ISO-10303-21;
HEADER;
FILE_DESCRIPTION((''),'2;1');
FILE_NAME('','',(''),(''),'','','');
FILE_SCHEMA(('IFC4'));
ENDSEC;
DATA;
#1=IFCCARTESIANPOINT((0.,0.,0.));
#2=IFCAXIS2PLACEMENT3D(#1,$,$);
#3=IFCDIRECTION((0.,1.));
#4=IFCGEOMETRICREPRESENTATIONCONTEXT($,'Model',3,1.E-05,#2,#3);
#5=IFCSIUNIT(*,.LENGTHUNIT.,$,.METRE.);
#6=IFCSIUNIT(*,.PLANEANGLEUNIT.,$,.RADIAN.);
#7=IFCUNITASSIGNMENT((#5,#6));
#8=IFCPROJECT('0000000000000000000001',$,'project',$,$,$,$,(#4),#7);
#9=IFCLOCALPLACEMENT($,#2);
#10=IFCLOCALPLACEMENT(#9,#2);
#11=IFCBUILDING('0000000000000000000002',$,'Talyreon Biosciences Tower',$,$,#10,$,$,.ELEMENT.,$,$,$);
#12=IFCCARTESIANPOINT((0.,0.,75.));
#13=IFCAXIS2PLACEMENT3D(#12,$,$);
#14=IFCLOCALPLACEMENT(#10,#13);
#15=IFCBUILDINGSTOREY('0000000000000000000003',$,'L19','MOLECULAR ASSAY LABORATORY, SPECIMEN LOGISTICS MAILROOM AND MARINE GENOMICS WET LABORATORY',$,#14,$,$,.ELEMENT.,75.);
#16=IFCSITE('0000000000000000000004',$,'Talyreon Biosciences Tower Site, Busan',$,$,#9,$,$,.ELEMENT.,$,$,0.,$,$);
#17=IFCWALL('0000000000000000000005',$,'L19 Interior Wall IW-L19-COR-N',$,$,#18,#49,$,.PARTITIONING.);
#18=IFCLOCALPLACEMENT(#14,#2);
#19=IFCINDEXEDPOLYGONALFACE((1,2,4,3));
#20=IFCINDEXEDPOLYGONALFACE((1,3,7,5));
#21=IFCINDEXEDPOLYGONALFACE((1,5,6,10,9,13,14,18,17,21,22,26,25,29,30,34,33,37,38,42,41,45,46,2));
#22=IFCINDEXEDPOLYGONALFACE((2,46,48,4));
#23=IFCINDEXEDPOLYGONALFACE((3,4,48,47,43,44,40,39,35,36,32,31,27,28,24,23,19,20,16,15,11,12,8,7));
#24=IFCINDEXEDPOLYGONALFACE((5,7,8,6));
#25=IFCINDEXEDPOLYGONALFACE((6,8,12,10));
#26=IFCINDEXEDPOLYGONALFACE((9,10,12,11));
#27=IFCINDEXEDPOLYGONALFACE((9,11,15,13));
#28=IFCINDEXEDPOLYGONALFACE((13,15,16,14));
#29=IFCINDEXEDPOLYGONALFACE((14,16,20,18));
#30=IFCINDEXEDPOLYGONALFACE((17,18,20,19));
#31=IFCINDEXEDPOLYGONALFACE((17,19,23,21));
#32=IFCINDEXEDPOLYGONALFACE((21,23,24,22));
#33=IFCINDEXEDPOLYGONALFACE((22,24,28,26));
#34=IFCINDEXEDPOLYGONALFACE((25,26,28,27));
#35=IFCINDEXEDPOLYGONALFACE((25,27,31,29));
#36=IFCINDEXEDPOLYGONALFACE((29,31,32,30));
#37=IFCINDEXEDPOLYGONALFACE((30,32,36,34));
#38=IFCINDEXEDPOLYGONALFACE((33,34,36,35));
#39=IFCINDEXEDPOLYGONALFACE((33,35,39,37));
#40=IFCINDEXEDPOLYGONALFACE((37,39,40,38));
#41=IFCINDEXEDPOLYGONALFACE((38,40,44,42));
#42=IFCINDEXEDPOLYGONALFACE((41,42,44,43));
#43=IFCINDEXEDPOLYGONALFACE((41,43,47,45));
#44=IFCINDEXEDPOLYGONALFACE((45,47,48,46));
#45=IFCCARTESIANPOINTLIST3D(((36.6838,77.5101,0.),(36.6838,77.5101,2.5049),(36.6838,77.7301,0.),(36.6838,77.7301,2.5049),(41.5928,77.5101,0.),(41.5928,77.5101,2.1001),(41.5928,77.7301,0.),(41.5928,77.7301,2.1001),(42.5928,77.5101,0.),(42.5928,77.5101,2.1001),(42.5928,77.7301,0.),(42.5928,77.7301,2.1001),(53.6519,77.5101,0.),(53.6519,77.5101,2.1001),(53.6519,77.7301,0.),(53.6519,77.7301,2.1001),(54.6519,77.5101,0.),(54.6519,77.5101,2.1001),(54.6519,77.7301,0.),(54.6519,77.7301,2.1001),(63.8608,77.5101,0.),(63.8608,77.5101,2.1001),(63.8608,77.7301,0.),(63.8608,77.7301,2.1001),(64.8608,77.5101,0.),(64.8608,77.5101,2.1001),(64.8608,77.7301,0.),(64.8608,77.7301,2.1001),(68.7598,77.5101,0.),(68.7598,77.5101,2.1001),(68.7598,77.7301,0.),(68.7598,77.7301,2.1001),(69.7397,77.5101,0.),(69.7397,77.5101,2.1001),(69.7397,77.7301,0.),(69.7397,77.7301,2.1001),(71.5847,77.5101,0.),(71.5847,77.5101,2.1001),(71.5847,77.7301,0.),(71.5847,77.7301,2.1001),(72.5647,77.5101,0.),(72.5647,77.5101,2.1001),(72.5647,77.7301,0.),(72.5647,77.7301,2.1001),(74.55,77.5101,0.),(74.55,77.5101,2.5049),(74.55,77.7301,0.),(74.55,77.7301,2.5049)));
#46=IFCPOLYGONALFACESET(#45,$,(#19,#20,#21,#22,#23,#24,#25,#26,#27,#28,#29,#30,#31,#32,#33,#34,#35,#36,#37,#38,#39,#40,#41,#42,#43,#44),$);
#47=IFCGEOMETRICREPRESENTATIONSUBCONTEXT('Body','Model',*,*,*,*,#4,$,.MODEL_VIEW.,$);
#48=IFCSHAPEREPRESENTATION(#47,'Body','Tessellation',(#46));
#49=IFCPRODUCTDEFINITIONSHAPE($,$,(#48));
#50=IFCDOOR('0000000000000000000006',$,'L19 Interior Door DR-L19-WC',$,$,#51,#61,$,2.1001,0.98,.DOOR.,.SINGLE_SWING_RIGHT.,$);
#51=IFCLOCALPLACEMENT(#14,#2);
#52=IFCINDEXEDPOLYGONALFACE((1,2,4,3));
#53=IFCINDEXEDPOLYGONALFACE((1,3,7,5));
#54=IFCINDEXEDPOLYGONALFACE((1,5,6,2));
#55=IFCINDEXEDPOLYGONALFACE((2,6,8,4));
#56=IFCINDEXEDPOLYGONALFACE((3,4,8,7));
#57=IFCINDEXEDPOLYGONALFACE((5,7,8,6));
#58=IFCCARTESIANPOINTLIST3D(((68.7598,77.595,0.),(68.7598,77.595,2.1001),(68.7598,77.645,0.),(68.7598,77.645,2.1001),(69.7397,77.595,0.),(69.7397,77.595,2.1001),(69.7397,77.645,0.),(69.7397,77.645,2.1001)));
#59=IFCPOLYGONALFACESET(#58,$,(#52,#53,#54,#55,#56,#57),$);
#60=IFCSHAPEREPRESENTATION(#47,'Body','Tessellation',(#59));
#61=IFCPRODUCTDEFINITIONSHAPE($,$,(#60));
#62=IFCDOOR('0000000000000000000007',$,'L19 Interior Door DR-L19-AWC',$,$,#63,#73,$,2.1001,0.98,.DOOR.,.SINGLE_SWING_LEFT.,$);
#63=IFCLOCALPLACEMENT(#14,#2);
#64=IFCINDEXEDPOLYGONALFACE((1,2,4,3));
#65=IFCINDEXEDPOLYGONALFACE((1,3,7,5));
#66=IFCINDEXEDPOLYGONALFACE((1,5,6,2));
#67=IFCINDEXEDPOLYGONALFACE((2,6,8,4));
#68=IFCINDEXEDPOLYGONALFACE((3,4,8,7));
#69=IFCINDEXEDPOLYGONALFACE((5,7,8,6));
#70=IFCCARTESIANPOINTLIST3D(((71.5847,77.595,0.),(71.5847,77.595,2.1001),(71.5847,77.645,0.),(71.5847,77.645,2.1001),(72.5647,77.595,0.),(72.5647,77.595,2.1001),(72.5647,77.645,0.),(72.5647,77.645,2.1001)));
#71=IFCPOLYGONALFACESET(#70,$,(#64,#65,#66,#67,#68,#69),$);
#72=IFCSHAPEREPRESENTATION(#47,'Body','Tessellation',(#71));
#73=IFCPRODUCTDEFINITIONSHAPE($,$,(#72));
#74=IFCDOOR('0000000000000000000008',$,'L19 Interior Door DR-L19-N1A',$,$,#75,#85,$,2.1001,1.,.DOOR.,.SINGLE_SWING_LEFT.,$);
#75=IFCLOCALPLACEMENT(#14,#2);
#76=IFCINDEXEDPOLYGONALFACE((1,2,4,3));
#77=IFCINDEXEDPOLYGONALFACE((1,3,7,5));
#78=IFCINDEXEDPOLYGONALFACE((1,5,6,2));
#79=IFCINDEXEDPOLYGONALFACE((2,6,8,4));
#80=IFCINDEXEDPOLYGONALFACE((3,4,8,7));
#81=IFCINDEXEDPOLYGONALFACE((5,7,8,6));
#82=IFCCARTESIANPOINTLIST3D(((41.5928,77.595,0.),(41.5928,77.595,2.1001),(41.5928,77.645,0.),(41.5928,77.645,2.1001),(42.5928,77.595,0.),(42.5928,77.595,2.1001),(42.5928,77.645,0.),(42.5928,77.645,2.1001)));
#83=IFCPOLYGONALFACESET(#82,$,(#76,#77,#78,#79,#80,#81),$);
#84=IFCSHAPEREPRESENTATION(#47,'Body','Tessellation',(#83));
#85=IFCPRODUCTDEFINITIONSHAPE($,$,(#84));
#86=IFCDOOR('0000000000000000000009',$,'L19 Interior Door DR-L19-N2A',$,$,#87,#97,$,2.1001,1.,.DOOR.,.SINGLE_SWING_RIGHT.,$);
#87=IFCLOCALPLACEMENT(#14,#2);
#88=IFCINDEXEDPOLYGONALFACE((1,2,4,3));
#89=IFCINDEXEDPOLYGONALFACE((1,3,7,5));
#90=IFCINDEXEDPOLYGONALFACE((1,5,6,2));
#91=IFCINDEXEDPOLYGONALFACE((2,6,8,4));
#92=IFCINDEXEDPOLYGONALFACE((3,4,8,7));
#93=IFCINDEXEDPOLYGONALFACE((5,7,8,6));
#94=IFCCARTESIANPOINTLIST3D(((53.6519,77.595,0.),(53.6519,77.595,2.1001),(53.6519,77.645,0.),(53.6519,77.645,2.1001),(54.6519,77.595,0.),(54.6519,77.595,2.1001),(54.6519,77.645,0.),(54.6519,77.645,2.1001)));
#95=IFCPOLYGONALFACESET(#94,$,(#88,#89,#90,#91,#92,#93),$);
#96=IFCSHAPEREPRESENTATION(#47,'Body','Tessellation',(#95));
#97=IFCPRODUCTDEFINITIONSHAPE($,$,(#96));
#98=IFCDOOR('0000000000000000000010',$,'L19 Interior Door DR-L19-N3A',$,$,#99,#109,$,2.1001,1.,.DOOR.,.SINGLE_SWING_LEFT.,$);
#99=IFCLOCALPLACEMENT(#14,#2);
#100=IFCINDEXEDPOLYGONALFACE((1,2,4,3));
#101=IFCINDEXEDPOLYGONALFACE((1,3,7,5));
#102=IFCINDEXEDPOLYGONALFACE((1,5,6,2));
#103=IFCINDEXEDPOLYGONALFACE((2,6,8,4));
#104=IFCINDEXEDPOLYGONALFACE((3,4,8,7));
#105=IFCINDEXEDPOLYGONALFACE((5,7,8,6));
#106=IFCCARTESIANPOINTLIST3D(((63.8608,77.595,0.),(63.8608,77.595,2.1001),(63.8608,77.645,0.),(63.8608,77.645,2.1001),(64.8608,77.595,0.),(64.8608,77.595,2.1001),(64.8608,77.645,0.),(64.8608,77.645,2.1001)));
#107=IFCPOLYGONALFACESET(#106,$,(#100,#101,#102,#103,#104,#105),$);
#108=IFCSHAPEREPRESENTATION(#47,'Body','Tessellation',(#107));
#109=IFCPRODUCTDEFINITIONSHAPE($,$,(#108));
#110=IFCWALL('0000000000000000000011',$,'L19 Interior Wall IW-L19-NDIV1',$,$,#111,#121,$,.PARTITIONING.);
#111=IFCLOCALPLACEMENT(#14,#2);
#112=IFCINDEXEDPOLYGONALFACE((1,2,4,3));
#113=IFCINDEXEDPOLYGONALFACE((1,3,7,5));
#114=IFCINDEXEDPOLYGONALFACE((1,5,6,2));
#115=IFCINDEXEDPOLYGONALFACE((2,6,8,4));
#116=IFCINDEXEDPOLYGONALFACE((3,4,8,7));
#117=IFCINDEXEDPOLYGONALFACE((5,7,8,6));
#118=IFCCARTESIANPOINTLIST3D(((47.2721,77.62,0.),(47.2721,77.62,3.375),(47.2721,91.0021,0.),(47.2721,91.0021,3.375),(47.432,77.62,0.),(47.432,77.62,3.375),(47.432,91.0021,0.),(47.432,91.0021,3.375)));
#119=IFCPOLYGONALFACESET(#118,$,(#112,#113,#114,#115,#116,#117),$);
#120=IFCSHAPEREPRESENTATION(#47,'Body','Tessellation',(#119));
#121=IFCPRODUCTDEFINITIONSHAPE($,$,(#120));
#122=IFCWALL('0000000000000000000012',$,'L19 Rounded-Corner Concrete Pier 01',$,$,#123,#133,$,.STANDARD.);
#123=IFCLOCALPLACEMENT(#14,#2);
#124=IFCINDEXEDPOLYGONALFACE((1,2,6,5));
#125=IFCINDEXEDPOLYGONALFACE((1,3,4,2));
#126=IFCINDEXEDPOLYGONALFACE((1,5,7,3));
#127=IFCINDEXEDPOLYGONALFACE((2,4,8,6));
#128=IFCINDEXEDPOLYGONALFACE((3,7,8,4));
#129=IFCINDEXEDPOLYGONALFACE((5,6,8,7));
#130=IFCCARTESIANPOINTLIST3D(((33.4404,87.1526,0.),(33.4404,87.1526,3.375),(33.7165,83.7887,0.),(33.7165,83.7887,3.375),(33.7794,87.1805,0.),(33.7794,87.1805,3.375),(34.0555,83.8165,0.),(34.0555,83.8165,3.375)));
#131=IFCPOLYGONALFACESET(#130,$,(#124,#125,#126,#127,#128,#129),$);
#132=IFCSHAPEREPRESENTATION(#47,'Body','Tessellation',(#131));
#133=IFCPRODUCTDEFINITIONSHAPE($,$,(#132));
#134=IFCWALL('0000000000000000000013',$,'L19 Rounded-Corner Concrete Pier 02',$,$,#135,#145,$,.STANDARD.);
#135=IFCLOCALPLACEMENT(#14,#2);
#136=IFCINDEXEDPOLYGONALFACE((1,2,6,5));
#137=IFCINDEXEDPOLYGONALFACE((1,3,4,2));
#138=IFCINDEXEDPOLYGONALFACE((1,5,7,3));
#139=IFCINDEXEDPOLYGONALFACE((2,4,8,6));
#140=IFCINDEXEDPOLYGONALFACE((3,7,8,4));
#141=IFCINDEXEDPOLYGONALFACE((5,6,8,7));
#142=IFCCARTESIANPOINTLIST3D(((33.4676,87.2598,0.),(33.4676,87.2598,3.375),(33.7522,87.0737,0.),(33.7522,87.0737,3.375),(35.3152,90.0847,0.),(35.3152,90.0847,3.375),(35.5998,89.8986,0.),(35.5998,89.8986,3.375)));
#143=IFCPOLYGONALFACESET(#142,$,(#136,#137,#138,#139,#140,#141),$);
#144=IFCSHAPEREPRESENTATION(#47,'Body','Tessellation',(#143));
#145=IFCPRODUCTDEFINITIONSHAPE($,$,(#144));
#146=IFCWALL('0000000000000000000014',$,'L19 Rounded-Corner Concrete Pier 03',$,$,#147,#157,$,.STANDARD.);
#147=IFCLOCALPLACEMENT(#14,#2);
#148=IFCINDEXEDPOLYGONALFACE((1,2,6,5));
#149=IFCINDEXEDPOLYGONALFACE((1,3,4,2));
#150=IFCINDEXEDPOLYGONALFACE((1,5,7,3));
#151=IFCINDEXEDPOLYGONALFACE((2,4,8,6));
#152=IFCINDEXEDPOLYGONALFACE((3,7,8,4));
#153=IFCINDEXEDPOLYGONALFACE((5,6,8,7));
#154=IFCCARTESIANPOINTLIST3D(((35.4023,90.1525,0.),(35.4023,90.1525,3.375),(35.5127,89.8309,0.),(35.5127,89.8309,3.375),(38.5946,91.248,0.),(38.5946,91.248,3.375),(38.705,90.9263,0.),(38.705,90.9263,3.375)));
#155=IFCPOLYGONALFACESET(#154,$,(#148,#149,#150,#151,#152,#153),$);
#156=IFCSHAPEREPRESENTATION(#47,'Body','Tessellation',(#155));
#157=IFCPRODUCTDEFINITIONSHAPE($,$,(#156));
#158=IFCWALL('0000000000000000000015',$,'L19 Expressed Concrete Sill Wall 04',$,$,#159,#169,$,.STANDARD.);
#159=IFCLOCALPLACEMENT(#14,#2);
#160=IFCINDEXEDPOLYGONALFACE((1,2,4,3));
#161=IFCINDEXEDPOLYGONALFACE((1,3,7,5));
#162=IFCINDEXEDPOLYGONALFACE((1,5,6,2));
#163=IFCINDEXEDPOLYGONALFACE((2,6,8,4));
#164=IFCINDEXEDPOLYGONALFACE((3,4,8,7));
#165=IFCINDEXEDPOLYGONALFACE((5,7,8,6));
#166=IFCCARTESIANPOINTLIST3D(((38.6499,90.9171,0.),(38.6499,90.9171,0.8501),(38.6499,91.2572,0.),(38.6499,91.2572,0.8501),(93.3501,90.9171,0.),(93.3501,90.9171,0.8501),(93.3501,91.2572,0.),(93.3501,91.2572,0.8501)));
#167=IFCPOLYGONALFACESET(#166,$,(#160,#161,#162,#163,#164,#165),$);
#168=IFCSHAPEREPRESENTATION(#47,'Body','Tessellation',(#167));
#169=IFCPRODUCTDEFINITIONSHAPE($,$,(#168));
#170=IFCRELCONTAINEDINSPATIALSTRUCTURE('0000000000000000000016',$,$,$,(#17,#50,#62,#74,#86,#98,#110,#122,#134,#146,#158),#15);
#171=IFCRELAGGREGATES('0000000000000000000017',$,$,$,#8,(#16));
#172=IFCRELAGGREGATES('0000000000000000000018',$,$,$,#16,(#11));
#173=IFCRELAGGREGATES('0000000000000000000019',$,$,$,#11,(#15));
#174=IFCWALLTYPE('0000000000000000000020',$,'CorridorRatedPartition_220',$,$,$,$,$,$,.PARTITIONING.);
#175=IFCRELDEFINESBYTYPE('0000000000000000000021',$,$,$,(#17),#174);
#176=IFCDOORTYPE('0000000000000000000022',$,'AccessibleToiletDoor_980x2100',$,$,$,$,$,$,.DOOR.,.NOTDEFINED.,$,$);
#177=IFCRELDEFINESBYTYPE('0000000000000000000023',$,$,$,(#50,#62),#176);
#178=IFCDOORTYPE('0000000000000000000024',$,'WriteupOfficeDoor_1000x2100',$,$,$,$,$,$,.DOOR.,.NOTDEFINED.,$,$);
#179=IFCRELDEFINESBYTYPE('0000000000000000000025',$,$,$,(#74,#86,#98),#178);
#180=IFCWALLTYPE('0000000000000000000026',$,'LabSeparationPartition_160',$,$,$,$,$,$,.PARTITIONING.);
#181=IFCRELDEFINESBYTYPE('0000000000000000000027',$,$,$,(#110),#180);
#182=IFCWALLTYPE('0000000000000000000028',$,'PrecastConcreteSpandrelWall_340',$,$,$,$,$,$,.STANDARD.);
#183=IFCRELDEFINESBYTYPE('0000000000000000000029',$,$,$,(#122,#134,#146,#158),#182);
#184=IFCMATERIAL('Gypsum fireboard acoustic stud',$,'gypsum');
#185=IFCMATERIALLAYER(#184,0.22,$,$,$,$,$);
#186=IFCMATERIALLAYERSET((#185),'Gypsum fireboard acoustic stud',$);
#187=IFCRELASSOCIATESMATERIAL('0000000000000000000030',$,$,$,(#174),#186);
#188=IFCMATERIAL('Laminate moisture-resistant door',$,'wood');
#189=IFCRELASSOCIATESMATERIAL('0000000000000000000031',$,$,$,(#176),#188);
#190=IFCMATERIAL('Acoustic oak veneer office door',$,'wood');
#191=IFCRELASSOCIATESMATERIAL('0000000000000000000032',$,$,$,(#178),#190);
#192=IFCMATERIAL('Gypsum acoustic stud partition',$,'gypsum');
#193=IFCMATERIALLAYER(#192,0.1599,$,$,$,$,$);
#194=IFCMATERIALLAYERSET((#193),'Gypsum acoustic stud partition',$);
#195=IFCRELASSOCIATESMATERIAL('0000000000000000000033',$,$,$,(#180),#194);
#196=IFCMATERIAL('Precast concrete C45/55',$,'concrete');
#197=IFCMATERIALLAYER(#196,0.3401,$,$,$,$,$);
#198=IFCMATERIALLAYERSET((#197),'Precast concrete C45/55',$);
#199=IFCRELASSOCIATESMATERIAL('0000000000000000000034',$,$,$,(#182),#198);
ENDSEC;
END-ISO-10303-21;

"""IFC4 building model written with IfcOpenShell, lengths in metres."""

from ifc_helpers import new_model, si_unit, direction, frame, frame_2d, origin, place, context, subcontext, project, spatial, rectangle, extrude, material, layer, layer_set, type_object, element, fill, save


model = new_model("IFC4")

# Units and contexts
model_context = context("Model", 3, precision=1e-05, world=origin(), true_north=direction((0.0, 1.0)))
body_context = subcontext(model_context, "Body", "Model", "MODEL_VIEW")
ifc_project = project(units=[si_unit("LENGTHUNIT", "METRE"), si_unit("PLANEANGLEUNIT", "RADIAN")], contexts=[model_context])

# Site, building, storey
site_placement = place(None, origin())
site = spatial("IfcSite", under=ifc_project, at=site_placement, Name="Talyreon Biosciences Tower Site, Busan", CompositionType="ELEMENT", RefElevation=0.0)
building_placement = place(site_placement, origin())
building = spatial("IfcBuilding", under=site, at=building_placement, Name="Talyreon Biosciences Tower", CompositionType="ELEMENT")
storey_placement = place(building_placement, frame((0.0, 0.0, 75.0)))
storey = spatial("IfcBuildingStorey", under=building, at=storey_placement, Name="L19", Description="MOLECULAR ASSAY LABORATORY, SPECIMEN LOGISTICS MAILROOM AND MARINE GENOMICS WET LABORATORY", CompositionType="ELEMENT", Elevation=75.0)

# Shared definitions
ifc_material_1 = material(Name="Precast concrete C45/55", Category="concrete")

# Wall, openings, doors
ifc_material_2 = material(Name="Gypsum fireboard acoustic stud", Category="gypsum")
ifc_layer_1 = layer(ifc_material_2, 0.22)
ifc_layer_set_1 = layer_set([ifc_layer_1], Name="Gypsum fireboard acoustic stud")
wall_type_1 = type_object("IfcWallType", Name="CorridorRatedPartition_220", PredefinedType="PARTITIONING", material=ifc_layer_set_1)
wall_1_placement = place(storey_placement, frame((36.6838, 77.6201, 0.0), z_axis=(0.0, 0.0, 1.0), x_axis=(1.0, 0.0, 0.0)))
wall_1 = element("IfcWall", 1, at=wall_1_placement, inside=storey, type_object=wall_type_1, Name="L19 Interior Wall IW-L19-COR-N", PredefinedType="PARTITIONING", context=body_context, shape_type="SweptSolid", body=[
    extrude(rectangle(XDim=37.8662, YDim=0.22, at=frame_2d((18.9331, 0.0))), origin(), (0.0, 0.0, 1.0), 2.5049),
])
opening_1_placement = place(wall_1_placement, frame((32.0759, 0.0, 0.0)))
opening_1 = element("IfcOpeningElement", 2, at=opening_1_placement, cuts=wall_1, PredefinedType="OPENING", context=body_context, shape_type="SweptSolid", body=[
    extrude(rectangle(XDim=0.98, YDim=2.1001, at=frame_2d((0.49, 1.05))), frame((0.0, 0.1199, 0.0), z_axis=(0.0, -1.0, 0.0), x_axis=(1.0, 0.0, 0.0)), (0.0, 0.0, 1.0), 0.24),
])
opening_2_placement = place(wall_1_placement, frame((34.9009, 0.0, 0.0)))
opening_2 = element("IfcOpeningElement", 3, at=opening_2_placement, cuts=wall_1, PredefinedType="OPENING", context=body_context, shape_type="SweptSolid", body=[
    extrude(rectangle(XDim=0.98, YDim=2.1001, at=frame_2d((0.49, 1.05))), frame((0.0, 0.1199, 0.0), z_axis=(0.0, -1.0, 0.0), x_axis=(1.0, 0.0, 0.0)), (0.0, 0.0, 1.0), 0.24),
])
opening_3_placement = place(wall_1_placement, frame((4.9089, 0.0, 0.0)))
opening_3 = element("IfcOpeningElement", 4, at=opening_3_placement, cuts=wall_1, PredefinedType="OPENING", context=body_context, shape_type="SweptSolid", body=[
    extrude(rectangle(XDim=1.0, YDim=2.1001, at=frame_2d((0.5, 1.05))), frame((0.0, 0.1199, 0.0), z_axis=(0.0, -1.0, 0.0), x_axis=(1.0, 0.0, 0.0)), (0.0, 0.0, 1.0), 0.24),
])
opening_4_placement = place(wall_1_placement, frame((16.968, 0.0, 0.0)))
opening_4 = element("IfcOpeningElement", 5, at=opening_4_placement, cuts=wall_1, PredefinedType="OPENING", context=body_context, shape_type="SweptSolid", body=[
    extrude(rectangle(XDim=1.0, YDim=2.1001, at=frame_2d((0.5, 1.05))), frame((0.0, 0.1199, 0.0), z_axis=(0.0, -1.0, 0.0), x_axis=(1.0, 0.0, 0.0)), (0.0, 0.0, 1.0), 0.24),
])
opening_5_placement = place(wall_1_placement, frame((27.177, 0.0, 0.0)))
opening_5 = element("IfcOpeningElement", 6, at=opening_5_placement, cuts=wall_1, PredefinedType="OPENING", context=body_context, shape_type="SweptSolid", body=[
    extrude(rectangle(XDim=1.0, YDim=2.1001, at=frame_2d((0.5, 1.05))), frame((0.0, 0.1199, 0.0), z_axis=(0.0, -1.0, 0.0), x_axis=(1.0, 0.0, 0.0)), (0.0, 0.0, 1.0), 0.24),
])
ifc_material_3 = material(Name="Laminate moisture-resistant door", Category="wood")
door_type_1 = type_object("IfcDoorType", Name="AccessibleToiletDoor_980x2100", OperationType="NOTDEFINED", PredefinedType="DOOR", material=ifc_material_3)
door_1_placement = place(opening_1_placement, origin())
door_1 = element("IfcDoor", 7, at=door_1_placement, inside=storey, type_object=door_type_1, Name="L19 Interior Door DR-L19-WC", OperationType="SINGLE_SWING_RIGHT", OverallHeight=2.1001, OverallWidth=0.98, PredefinedType="DOOR", context=body_context, shape_type="SweptSolid", body=[
    extrude(rectangle(XDim=0.98, YDim=2.1001, at=frame_2d((0.49, 1.05))), frame((0.0, 0.0249, 0.0), z_axis=(0.0, -1.0, 0.0), x_axis=(1.0, 0.0, 0.0)), (0.0, 0.0, 1.0), 0.05),
])
fill(opening_1, door_1)
door_2_placement = place(opening_2_placement, origin())
door_2 = element("IfcDoor", 8, at=door_2_placement, inside=storey, type_object=door_type_1, Name="L19 Interior Door DR-L19-AWC", OperationType="SINGLE_SWING_LEFT", OverallHeight=2.1001, OverallWidth=0.98, PredefinedType="DOOR", context=body_context, shape_type="SweptSolid", body=[
    extrude(rectangle(XDim=0.98, YDim=2.1001, at=frame_2d((0.49, 1.05))), frame((0.0, 0.0249, 0.0), z_axis=(0.0, -1.0, 0.0), x_axis=(1.0, 0.0, 0.0)), (0.0, 0.0, 1.0), 0.05),
])
fill(opening_2, door_2)
ifc_material_4 = material(Name="Acoustic oak veneer office door", Category="wood")
door_type_2 = type_object("IfcDoorType", Name="WriteupOfficeDoor_1000x2100", OperationType="NOTDEFINED", PredefinedType="DOOR", material=ifc_material_4)
door_3_placement = place(opening_3_placement, origin())
door_3 = element("IfcDoor", 9, at=door_3_placement, inside=storey, type_object=door_type_2, Name="L19 Interior Door DR-L19-N1A", OperationType="SINGLE_SWING_LEFT", OverallHeight=2.1001, OverallWidth=1.0, PredefinedType="DOOR", context=body_context, shape_type="SweptSolid", body=[
    extrude(rectangle(XDim=1.0, YDim=2.1001, at=frame_2d((0.5, 1.05))), frame((0.0, 0.0249, 0.0), z_axis=(0.0, -1.0, 0.0), x_axis=(1.0, 0.0, 0.0)), (0.0, 0.0, 1.0), 0.05),
])
fill(opening_3, door_3)
door_4_placement = place(opening_4_placement, origin())
door_4 = element("IfcDoor", 10, at=door_4_placement, inside=storey, type_object=door_type_2, Name="L19 Interior Door DR-L19-N2A", OperationType="SINGLE_SWING_RIGHT", OverallHeight=2.1001, OverallWidth=1.0, PredefinedType="DOOR", context=body_context, shape_type="SweptSolid", body=[
    extrude(rectangle(XDim=1.0, YDim=2.1001, at=frame_2d((0.5, 1.05))), frame((0.0, 0.0249, 0.0), z_axis=(0.0, -1.0, 0.0), x_axis=(1.0, 0.0, 0.0)), (0.0, 0.0, 1.0), 0.05),
])
fill(opening_4, door_4)
door_5_placement = place(opening_5_placement, origin())
door_5 = element("IfcDoor", 11, at=door_5_placement, inside=storey, type_object=door_type_2, Name="L19 Interior Door DR-L19-N3A", OperationType="SINGLE_SWING_LEFT", OverallHeight=2.1001, OverallWidth=1.0, PredefinedType="DOOR", context=body_context, shape_type="SweptSolid", body=[
    extrude(rectangle(XDim=1.0, YDim=2.1001, at=frame_2d((0.5, 1.05))), frame((0.0, 0.0249, 0.0), z_axis=(0.0, -1.0, 0.0), x_axis=(1.0, 0.0, 0.0)), (0.0, 0.0, 1.0), 0.05),
])
fill(opening_5, door_5)

# Walls
ifc_material_5 = material(Name="Gypsum acoustic stud partition", Category="gypsum")
ifc_layer_2 = layer(ifc_material_5, 0.1599)
ifc_layer_set_2 = layer_set([ifc_layer_2], Name="Gypsum acoustic stud partition")
wall_type_2 = type_object("IfcWallType", Name="LabSeparationPartition_160", PredefinedType="PARTITIONING", material=ifc_layer_set_2)
wall_2_placement = place(storey_placement, frame((47.3521, 77.6201, 0.0), z_axis=(0.0, 0.0, 1.0), x_axis=(0.0, 1.0, 0.0)))
element("IfcWall", 12, at=wall_2_placement, inside=storey, type_object=wall_type_2, Name="L19 Interior Wall IW-L19-NDIV1", PredefinedType="PARTITIONING", context=body_context, shape_type="SweptSolid", body=[
    extrude(rectangle(XDim=13.3821, YDim=0.1599, at=frame_2d((6.6909, 0.0))), origin(), (0.0, 0.0, 1.0), 3.375),
])
ifc_layer_3 = layer(ifc_material_1, 0.3401)
ifc_layer_set_3 = layer_set([ifc_layer_3], Name="Precast concrete C45/55")
wall_type_3 = type_object("IfcWallType", Name="PrecastConcreteSpandrelWall_340", PredefinedType="STANDARD", material=ifc_layer_set_3)
wall_3_placement = place(storey_placement, frame((33.886, 83.8027, 0.0), z_axis=(0.0, 0.0, 1.0), x_axis=(-0.081806, 0.996648, 0.0)))
element("IfcWall", 13, at=wall_3_placement, inside=storey, type_object=wall_type_3, Name="L19 Rounded-Corner Concrete Pier 01", PredefinedType="STANDARD", context=body_context, shape_type="SweptSolid", body=[
    extrude(rectangle(XDim=3.3752, YDim=0.3401, at=frame_2d((1.6875, 0.0))), origin(), (0.0, 0.0, 1.0), 3.375),
])
wall_4_placement = place(storey_placement, frame((33.6099, 87.1667, 0.0), z_axis=(0.0, 0.0, 1.0), x_axis=(0.547368, 0.836892, 0.0)))
element("IfcWall", 14, at=wall_4_placement, inside=storey, type_object=wall_type_3, Name="L19 Rounded-Corner Concrete Pier 02", PredefinedType="STANDARD", context=body_context, shape_type="SweptSolid", body=[
    extrude(rectangle(XDim=3.3755, YDim=0.3401, at=frame_2d((1.6877, 0.0))), origin(), (0.0, 0.0, 1.0), 3.375),
])
wall_5_placement = place(storey_placement, frame((35.4575, 89.9917, 0.0), z_axis=(0.0, 0.0, 1.0), x_axis=(0.945862, 0.32457, 0.0)))
element("IfcWall", 15, at=wall_5_placement, inside=storey, type_object=wall_type_3, Name="L19 Rounded-Corner Concrete Pier 03", PredefinedType="STANDARD", context=body_context, shape_type="SweptSolid", body=[
    extrude(rectangle(XDim=3.375, YDim=0.3401, at=frame_2d((1.6875, 0.0))), origin(), (0.0, 0.0, 1.0), 3.375),
])
wall_6_placement = place(storey_placement, frame((38.6499, 91.0872, 0.0), z_axis=(0.0, 0.0, 1.0), x_axis=(1.0, 0.0, 0.0)))
element("IfcWall", 16, at=wall_6_placement, inside=storey, type_object=wall_type_3, Name="L19 Expressed Concrete Sill Wall 04", PredefinedType="STANDARD", context=body_context, shape_type="SweptSolid", body=[
    extrude(rectangle(XDim=54.7002, YDim=0.3401, at=frame_2d((27.3501, 0.0))), origin(), (0.0, 0.0, 1.0), 0.8501),
])

save(model, "model.ifc")
